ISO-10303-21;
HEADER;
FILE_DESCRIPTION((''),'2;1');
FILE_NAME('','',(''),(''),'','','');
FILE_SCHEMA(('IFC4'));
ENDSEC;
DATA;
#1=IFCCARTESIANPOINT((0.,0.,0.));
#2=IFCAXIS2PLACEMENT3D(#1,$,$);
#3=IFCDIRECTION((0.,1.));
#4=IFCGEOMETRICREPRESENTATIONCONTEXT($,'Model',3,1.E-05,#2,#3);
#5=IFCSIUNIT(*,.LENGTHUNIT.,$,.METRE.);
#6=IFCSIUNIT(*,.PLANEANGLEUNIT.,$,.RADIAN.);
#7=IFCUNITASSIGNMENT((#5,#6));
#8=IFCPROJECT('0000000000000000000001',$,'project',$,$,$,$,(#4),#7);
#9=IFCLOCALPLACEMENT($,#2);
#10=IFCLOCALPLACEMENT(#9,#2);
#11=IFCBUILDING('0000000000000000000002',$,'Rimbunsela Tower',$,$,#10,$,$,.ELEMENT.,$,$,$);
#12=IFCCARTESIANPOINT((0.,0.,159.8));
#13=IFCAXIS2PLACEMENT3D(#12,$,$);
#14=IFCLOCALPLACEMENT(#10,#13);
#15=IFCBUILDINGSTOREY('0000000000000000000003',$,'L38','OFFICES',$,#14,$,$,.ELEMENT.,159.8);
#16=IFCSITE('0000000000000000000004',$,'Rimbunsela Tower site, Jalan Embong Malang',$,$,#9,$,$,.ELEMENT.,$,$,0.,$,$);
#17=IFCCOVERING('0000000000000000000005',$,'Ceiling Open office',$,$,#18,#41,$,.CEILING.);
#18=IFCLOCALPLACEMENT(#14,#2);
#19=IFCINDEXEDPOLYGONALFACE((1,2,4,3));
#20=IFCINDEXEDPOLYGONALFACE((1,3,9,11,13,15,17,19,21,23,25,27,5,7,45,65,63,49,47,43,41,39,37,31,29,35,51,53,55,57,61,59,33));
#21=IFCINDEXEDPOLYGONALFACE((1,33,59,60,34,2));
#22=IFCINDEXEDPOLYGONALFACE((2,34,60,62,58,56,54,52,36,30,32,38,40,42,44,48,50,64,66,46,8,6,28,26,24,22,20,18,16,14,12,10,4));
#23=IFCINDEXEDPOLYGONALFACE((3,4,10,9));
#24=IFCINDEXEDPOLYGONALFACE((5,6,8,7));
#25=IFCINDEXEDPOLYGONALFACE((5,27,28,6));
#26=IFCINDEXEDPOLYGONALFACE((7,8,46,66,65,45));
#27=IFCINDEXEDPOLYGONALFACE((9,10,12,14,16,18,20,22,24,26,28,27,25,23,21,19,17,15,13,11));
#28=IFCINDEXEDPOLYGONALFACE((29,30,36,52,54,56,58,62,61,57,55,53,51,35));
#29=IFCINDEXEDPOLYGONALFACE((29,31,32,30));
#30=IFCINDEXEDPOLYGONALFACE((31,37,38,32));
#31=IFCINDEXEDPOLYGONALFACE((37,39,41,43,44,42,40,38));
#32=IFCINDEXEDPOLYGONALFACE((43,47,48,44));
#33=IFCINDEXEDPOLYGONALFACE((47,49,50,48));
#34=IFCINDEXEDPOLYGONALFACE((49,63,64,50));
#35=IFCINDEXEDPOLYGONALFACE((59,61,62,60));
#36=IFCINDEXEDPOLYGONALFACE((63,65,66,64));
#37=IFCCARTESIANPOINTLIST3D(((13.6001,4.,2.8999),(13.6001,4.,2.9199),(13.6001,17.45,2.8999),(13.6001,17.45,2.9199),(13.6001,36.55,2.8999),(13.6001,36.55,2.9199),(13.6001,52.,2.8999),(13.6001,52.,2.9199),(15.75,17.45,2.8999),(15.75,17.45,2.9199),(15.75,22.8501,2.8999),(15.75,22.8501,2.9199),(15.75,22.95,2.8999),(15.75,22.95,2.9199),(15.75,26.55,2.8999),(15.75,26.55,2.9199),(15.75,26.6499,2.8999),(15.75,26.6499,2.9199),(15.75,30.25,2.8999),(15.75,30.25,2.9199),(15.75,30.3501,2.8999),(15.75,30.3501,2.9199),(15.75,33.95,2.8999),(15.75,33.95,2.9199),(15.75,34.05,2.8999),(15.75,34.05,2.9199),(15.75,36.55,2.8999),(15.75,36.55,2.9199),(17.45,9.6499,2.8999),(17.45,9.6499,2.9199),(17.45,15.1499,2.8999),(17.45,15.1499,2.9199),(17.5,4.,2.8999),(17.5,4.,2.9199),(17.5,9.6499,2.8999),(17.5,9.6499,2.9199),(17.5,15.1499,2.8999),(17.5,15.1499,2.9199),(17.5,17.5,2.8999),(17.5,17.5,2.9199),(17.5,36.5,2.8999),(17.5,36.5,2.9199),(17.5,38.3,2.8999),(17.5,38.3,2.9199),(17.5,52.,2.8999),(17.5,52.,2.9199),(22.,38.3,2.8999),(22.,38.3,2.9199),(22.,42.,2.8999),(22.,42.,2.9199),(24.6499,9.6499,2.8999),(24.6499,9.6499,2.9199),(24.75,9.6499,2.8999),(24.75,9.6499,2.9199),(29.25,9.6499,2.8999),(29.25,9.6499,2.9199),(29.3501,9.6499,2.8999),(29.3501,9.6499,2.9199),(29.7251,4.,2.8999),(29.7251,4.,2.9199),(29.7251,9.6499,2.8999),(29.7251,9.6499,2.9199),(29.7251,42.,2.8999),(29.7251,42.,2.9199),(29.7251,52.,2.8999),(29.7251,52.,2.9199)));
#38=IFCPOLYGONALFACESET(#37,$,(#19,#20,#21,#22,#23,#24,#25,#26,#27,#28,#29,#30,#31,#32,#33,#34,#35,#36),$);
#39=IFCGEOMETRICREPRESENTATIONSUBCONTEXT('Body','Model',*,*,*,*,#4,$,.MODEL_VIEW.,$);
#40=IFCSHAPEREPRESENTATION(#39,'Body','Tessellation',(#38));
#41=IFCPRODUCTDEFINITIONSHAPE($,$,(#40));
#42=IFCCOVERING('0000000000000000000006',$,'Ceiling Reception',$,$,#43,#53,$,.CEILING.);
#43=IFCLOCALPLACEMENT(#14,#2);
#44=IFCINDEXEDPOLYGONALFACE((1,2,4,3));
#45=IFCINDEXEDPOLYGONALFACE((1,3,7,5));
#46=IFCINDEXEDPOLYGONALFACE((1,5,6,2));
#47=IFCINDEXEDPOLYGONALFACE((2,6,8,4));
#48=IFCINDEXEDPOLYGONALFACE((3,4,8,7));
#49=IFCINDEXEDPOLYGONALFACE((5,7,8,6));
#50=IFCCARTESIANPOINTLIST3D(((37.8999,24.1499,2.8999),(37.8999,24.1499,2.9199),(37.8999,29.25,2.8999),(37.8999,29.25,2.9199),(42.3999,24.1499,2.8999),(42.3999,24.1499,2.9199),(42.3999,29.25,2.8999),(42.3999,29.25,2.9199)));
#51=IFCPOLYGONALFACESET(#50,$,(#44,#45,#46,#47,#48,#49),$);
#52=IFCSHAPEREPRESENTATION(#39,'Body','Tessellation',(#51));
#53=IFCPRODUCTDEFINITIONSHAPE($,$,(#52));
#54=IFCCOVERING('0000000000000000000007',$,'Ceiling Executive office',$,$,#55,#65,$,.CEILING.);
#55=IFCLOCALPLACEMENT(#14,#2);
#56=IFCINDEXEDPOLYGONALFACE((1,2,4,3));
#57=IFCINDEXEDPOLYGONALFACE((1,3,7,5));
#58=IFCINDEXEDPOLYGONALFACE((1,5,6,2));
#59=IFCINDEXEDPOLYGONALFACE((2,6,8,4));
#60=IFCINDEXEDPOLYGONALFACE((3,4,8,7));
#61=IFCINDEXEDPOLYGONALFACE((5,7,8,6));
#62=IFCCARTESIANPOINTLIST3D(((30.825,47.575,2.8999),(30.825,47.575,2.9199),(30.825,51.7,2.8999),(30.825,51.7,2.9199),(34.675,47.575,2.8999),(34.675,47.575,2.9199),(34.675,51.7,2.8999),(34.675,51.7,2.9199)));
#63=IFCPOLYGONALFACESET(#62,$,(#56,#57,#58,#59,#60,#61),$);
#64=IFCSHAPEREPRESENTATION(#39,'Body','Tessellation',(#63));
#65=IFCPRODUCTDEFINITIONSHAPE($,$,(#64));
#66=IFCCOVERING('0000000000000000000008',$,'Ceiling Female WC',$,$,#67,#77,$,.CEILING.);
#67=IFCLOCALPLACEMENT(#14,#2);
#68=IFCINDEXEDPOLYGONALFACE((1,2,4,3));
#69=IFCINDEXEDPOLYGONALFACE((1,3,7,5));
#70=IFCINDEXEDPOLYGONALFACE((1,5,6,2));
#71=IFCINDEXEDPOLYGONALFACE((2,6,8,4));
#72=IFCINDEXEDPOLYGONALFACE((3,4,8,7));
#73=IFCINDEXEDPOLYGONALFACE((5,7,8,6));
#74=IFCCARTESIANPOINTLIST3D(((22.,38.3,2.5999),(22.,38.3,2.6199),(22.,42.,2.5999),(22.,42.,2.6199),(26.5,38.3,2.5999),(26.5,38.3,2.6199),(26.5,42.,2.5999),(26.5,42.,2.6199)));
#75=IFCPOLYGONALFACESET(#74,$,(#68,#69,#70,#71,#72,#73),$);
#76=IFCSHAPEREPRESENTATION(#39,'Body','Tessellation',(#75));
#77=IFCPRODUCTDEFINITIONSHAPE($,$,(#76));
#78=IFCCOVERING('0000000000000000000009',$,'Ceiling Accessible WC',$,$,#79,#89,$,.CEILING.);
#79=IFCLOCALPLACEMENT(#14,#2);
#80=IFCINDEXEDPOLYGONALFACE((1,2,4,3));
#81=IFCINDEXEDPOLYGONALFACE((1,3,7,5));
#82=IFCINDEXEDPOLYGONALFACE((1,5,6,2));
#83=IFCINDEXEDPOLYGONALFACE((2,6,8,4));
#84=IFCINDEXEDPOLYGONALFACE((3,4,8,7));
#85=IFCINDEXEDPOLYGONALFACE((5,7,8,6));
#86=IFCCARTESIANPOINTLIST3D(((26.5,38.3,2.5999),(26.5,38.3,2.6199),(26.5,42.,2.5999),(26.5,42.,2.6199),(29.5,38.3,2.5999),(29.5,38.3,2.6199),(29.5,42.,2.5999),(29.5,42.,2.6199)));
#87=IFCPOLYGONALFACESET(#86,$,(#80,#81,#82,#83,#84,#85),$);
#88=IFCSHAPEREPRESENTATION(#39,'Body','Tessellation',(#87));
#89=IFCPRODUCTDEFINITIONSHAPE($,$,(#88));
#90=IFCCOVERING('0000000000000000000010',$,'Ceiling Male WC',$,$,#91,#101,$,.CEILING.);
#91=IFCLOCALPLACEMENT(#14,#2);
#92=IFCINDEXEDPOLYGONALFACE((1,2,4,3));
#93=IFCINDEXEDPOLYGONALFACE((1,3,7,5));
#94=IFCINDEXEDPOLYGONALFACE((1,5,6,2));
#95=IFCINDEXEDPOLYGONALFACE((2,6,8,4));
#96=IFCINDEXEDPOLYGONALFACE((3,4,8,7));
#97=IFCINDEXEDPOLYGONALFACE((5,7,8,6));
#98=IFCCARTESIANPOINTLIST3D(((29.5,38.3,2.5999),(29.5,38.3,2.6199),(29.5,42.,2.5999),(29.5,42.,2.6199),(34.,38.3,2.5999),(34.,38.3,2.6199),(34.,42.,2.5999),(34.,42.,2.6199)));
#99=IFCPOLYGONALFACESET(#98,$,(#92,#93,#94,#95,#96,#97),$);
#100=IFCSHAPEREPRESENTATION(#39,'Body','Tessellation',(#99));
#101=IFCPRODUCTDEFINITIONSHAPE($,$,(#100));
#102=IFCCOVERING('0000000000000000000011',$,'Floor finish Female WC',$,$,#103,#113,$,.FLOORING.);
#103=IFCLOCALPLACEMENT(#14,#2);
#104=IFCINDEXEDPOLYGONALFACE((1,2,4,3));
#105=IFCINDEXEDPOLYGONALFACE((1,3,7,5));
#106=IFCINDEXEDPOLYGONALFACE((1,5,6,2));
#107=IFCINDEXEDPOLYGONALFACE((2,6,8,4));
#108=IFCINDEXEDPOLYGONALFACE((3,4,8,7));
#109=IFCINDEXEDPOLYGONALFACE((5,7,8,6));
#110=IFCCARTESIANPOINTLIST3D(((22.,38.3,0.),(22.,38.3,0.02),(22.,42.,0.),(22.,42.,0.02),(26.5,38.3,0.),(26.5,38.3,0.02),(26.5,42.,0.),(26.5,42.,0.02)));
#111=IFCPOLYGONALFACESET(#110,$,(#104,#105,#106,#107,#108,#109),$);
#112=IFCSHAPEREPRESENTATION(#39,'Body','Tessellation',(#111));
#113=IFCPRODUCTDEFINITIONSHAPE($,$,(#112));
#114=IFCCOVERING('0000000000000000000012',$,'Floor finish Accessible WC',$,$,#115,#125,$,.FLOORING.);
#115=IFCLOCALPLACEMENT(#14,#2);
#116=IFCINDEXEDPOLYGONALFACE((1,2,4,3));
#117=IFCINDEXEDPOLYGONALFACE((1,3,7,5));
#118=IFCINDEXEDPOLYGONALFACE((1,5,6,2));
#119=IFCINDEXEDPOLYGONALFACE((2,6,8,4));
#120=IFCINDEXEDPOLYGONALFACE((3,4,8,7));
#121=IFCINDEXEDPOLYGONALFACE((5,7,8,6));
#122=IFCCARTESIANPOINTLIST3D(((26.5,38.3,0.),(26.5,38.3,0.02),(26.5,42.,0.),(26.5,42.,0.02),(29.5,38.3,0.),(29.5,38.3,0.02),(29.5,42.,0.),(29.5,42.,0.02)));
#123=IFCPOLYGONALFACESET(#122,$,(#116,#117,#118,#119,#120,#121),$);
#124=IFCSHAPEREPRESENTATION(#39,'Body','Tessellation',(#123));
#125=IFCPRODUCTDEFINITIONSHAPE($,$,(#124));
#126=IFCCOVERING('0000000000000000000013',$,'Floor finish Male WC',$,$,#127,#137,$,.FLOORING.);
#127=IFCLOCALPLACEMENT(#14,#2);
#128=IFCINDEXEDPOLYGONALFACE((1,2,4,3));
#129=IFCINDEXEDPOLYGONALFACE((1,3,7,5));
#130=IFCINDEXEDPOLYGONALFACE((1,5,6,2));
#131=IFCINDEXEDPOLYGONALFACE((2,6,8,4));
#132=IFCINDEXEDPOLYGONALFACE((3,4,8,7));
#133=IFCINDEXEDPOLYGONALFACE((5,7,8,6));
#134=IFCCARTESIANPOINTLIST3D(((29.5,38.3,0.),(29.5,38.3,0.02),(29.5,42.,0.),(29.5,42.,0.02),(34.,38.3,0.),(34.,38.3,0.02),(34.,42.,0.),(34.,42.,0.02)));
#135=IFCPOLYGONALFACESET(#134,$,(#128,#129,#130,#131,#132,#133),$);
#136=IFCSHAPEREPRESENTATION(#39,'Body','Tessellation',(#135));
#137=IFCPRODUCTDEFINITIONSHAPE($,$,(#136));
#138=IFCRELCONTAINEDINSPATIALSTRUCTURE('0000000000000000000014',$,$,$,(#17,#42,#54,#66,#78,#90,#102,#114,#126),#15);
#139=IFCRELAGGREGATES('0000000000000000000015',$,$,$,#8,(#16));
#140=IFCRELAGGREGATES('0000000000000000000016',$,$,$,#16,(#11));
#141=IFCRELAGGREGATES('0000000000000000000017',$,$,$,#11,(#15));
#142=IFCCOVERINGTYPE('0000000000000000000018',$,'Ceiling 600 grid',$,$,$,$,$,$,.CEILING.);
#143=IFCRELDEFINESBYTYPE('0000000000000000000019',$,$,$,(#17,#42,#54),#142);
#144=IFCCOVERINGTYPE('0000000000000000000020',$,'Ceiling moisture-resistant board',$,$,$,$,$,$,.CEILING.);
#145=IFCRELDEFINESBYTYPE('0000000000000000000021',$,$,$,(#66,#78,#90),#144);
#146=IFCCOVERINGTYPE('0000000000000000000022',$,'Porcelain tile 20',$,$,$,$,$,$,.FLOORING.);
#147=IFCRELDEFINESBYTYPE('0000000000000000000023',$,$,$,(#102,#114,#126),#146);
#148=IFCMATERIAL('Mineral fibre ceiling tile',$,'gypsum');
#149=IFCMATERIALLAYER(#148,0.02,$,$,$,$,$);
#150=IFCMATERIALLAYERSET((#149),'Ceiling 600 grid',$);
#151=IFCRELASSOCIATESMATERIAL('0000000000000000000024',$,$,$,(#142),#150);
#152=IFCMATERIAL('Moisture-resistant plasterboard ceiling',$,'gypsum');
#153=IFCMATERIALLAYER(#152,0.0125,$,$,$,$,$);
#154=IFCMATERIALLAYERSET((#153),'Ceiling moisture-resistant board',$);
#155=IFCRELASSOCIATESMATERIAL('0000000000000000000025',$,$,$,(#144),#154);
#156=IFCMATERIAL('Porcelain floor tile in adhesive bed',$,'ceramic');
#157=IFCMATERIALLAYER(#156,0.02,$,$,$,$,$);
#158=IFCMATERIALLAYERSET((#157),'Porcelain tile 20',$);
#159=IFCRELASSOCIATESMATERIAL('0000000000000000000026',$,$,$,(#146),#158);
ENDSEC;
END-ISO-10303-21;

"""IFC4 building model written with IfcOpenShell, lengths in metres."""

from ifc_helpers import new_model, si_unit, direction, frame, origin, place, context, subcontext, project, spatial, polyline, outline, extrude, material, layer, layer_set, type_object, element, save


model = new_model("IFC4")

# Units and contexts
model_context = context("Model", 3, precision=1e-05, world=origin(), true_north=direction((0.0, 1.0)))
body_context = subcontext(model_context, "Body", "Model", "MODEL_VIEW")
ifc_project = project(units=[si_unit("LENGTHUNIT", "METRE"), si_unit("PLANEANGLEUNIT", "RADIAN")], contexts=[model_context])

# Site, building, storey
site_placement = place(None, origin())
site = spatial("IfcSite", under=ifc_project, at=site_placement, Name="Rimbunsela Tower site, Jalan Embong Malang", CompositionType="ELEMENT", RefElevation=0.0)
building_placement = place(site_placement, origin())
building = spatial("IfcBuilding", under=site, at=building_placement, Name="Rimbunsela Tower", CompositionType="ELEMENT")
storey_placement = place(building_placement, frame((0.0, 0.0, 159.8)))
storey = spatial("IfcBuildingStorey", under=building, at=storey_placement, Name="L38", Description="OFFICES", CompositionType="ELEMENT", Elevation=159.8)

# Coverings
ifc_material_1 = material(Name="Mineral fibre ceiling tile", Category="gypsum")
ifc_layer_1 = layer(ifc_material_1, 0.02)
ifc_layer_set_1 = layer_set([ifc_layer_1], Name="Ceiling 600 grid")
covering_type_1 = type_object("IfcCoveringType", Name="Ceiling 600 grid", PredefinedType="CEILING", material=ifc_layer_set_1)
covering_1_placement = place(storey_placement, frame((0.0, 0.0, 2.8999)))
element("IfcCovering", 1, at=covering_1_placement, inside=storey, type_object=covering_type_1, Name="Ceiling Open office", PredefinedType="CEILING", context=body_context, shape_type="SweptSolid", body=[
    extrude(outline(polyline([(17.5, 4.0), (13.6001, 4.0), (13.6001, 17.45), (15.75, 17.45), (15.75, 22.8501), (15.75, 22.95), (15.75, 26.55), (15.75, 26.6499), (15.75, 30.25), (15.75, 30.3501), (15.75, 33.95), (15.75, 34.05), (15.75, 36.55), (13.6001, 36.55), (13.6001, 52.0), (17.5, 52.0), (29.7251, 52.0), (29.7251, 42.0), (22.0, 42.0), (22.0, 38.3), (17.5, 38.3), (17.5, 36.5), (17.5, 17.5), (17.5, 15.1499), (17.45, 15.1499), (17.45, 9.6499), (17.5, 9.6499), (24.6499, 9.6499), (24.75, 9.6499), (29.25, 9.6499), (29.3501, 9.6499), (29.7251, 9.6499), (29.7251, 4.0), (17.5, 4.0)])), origin(), (0.0, 0.0, 1.0), 0.02),
])
covering_2_placement = place(storey_placement, frame((0.0, 0.0, 2.8999)))
element("IfcCovering", 2, at=covering_2_placement, inside=storey, type_object=covering_type_1, Name="Ceiling Reception", PredefinedType="CEILING", context=body_context, shape_type="SweptSolid", body=[
    extrude(outline(polyline([(42.3999, 24.1499), (42.3999, 29.25), (37.8999, 29.25), (37.8999, 24.1499), (42.3999, 24.1499)])), origin(), (0.0, 0.0, 1.0), 0.02),
])
covering_3_placement = place(storey_placement, frame((0.0, 0.0, 2.8999)))
element("IfcCovering", 3, at=covering_3_placement, inside=storey, type_object=covering_type_1, Name="Ceiling Executive office", PredefinedType="CEILING", context=body_context, shape_type="SweptSolid", body=[
    extrude(outline(polyline([(34.675, 47.575), (34.675, 51.7), (30.825, 51.7), (30.825, 47.575), (34.675, 47.575)])), origin(), (0.0, 0.0, 1.0), 0.02),
])
ifc_material_2 = material(Name="Moisture-resistant plasterboard ceiling", Category="gypsum")
ifc_layer_2 = layer(ifc_material_2, 0.0125)
ifc_layer_set_2 = layer_set([ifc_layer_2], Name="Ceiling moisture-resistant board")
covering_type_2 = type_object("IfcCoveringType", Name="Ceiling moisture-resistant board", PredefinedType="CEILING", material=ifc_layer_set_2)
covering_4_placement = place(storey_placement, frame((0.0, 0.0, 2.5999)))
element("IfcCovering", 4, at=covering_4_placement, inside=storey, type_object=covering_type_2, Name="Ceiling Female WC", PredefinedType="CEILING", context=body_context, shape_type="SweptSolid", body=[
    extrude(outline(polyline([(26.5, 38.3), (26.5, 42.0), (22.0, 42.0), (22.0, 38.3), (26.5, 38.3)])), origin(), (0.0, 0.0, 1.0), 0.02),
])
covering_5_placement = place(storey_placement, frame((0.0, 0.0, 2.5999)))
element("IfcCovering", 5, at=covering_5_placement, inside=storey, type_object=covering_type_2, Name="Ceiling Accessible WC", PredefinedType="CEILING", context=body_context, shape_type="SweptSolid", body=[
    extrude(outline(polyline([(29.5, 38.3), (29.5, 42.0), (26.5, 42.0), (26.5, 38.3), (29.5, 38.3)])), origin(), (0.0, 0.0, 1.0), 0.02),
])
covering_6_placement = place(storey_placement, frame((0.0, 0.0, 2.5999)))
element("IfcCovering", 6, at=covering_6_placement, inside=storey, type_object=covering_type_2, Name="Ceiling Male WC", PredefinedType="CEILING", context=body_context, shape_type="SweptSolid", body=[
    extrude(outline(polyline([(34.0, 38.3), (34.0, 42.0), (29.5, 42.0), (29.5, 38.3), (34.0, 38.3)])), origin(), (0.0, 0.0, 1.0), 0.02),
])
ifc_material_3 = material(Name="Porcelain floor tile in adhesive bed", Category="ceramic")
ifc_layer_3 = layer(ifc_material_3, 0.02)
ifc_layer_set_3 = layer_set([ifc_layer_3], Name="Porcelain tile 20")
covering_type_3 = type_object("IfcCoveringType", Name="Porcelain tile 20", PredefinedType="FLOORING", material=ifc_layer_set_3)
covering_7_placement = place(storey_placement, origin())
element("IfcCovering", 7, at=covering_7_placement, inside=storey, type_object=covering_type_3, Name="Floor finish Female WC", PredefinedType="FLOORING", context=body_context, shape_type="SweptSolid", body=[
    extrude(outline(polyline([(26.5, 38.3), (26.5, 42.0), (22.0, 42.0), (22.0, 38.3), (26.5, 38.3)])), origin(), (0.0, 0.0, 1.0), 0.02),
])
covering_8_placement = place(storey_placement, origin())
element("IfcCovering", 8, at=covering_8_placement, inside=storey, type_object=covering_type_3, Name="Floor finish Accessible WC", PredefinedType="FLOORING", context=body_context, shape_type="SweptSolid", body=[
    extrude(outline(polyline([(29.5, 38.3), (29.5, 42.0), (26.5, 42.0), (26.5, 38.3), (29.5, 38.3)])), origin(), (0.0, 0.0, 1.0), 0.02),
])
covering_9_placement = place(storey_placement, origin())
element("IfcCovering", 9, at=covering_9_placement, inside=storey, type_object=covering_type_3, Name="Floor finish Male WC", PredefinedType="FLOORING", context=body_context, shape_type="SweptSolid", body=[
    extrude(outline(polyline([(34.0, 38.3), (34.0, 42.0), (29.5, 42.0), (29.5, 38.3), (34.0, 38.3)])), origin(), (0.0, 0.0, 1.0), 0.02),
])

save(model, "model.ifc")
